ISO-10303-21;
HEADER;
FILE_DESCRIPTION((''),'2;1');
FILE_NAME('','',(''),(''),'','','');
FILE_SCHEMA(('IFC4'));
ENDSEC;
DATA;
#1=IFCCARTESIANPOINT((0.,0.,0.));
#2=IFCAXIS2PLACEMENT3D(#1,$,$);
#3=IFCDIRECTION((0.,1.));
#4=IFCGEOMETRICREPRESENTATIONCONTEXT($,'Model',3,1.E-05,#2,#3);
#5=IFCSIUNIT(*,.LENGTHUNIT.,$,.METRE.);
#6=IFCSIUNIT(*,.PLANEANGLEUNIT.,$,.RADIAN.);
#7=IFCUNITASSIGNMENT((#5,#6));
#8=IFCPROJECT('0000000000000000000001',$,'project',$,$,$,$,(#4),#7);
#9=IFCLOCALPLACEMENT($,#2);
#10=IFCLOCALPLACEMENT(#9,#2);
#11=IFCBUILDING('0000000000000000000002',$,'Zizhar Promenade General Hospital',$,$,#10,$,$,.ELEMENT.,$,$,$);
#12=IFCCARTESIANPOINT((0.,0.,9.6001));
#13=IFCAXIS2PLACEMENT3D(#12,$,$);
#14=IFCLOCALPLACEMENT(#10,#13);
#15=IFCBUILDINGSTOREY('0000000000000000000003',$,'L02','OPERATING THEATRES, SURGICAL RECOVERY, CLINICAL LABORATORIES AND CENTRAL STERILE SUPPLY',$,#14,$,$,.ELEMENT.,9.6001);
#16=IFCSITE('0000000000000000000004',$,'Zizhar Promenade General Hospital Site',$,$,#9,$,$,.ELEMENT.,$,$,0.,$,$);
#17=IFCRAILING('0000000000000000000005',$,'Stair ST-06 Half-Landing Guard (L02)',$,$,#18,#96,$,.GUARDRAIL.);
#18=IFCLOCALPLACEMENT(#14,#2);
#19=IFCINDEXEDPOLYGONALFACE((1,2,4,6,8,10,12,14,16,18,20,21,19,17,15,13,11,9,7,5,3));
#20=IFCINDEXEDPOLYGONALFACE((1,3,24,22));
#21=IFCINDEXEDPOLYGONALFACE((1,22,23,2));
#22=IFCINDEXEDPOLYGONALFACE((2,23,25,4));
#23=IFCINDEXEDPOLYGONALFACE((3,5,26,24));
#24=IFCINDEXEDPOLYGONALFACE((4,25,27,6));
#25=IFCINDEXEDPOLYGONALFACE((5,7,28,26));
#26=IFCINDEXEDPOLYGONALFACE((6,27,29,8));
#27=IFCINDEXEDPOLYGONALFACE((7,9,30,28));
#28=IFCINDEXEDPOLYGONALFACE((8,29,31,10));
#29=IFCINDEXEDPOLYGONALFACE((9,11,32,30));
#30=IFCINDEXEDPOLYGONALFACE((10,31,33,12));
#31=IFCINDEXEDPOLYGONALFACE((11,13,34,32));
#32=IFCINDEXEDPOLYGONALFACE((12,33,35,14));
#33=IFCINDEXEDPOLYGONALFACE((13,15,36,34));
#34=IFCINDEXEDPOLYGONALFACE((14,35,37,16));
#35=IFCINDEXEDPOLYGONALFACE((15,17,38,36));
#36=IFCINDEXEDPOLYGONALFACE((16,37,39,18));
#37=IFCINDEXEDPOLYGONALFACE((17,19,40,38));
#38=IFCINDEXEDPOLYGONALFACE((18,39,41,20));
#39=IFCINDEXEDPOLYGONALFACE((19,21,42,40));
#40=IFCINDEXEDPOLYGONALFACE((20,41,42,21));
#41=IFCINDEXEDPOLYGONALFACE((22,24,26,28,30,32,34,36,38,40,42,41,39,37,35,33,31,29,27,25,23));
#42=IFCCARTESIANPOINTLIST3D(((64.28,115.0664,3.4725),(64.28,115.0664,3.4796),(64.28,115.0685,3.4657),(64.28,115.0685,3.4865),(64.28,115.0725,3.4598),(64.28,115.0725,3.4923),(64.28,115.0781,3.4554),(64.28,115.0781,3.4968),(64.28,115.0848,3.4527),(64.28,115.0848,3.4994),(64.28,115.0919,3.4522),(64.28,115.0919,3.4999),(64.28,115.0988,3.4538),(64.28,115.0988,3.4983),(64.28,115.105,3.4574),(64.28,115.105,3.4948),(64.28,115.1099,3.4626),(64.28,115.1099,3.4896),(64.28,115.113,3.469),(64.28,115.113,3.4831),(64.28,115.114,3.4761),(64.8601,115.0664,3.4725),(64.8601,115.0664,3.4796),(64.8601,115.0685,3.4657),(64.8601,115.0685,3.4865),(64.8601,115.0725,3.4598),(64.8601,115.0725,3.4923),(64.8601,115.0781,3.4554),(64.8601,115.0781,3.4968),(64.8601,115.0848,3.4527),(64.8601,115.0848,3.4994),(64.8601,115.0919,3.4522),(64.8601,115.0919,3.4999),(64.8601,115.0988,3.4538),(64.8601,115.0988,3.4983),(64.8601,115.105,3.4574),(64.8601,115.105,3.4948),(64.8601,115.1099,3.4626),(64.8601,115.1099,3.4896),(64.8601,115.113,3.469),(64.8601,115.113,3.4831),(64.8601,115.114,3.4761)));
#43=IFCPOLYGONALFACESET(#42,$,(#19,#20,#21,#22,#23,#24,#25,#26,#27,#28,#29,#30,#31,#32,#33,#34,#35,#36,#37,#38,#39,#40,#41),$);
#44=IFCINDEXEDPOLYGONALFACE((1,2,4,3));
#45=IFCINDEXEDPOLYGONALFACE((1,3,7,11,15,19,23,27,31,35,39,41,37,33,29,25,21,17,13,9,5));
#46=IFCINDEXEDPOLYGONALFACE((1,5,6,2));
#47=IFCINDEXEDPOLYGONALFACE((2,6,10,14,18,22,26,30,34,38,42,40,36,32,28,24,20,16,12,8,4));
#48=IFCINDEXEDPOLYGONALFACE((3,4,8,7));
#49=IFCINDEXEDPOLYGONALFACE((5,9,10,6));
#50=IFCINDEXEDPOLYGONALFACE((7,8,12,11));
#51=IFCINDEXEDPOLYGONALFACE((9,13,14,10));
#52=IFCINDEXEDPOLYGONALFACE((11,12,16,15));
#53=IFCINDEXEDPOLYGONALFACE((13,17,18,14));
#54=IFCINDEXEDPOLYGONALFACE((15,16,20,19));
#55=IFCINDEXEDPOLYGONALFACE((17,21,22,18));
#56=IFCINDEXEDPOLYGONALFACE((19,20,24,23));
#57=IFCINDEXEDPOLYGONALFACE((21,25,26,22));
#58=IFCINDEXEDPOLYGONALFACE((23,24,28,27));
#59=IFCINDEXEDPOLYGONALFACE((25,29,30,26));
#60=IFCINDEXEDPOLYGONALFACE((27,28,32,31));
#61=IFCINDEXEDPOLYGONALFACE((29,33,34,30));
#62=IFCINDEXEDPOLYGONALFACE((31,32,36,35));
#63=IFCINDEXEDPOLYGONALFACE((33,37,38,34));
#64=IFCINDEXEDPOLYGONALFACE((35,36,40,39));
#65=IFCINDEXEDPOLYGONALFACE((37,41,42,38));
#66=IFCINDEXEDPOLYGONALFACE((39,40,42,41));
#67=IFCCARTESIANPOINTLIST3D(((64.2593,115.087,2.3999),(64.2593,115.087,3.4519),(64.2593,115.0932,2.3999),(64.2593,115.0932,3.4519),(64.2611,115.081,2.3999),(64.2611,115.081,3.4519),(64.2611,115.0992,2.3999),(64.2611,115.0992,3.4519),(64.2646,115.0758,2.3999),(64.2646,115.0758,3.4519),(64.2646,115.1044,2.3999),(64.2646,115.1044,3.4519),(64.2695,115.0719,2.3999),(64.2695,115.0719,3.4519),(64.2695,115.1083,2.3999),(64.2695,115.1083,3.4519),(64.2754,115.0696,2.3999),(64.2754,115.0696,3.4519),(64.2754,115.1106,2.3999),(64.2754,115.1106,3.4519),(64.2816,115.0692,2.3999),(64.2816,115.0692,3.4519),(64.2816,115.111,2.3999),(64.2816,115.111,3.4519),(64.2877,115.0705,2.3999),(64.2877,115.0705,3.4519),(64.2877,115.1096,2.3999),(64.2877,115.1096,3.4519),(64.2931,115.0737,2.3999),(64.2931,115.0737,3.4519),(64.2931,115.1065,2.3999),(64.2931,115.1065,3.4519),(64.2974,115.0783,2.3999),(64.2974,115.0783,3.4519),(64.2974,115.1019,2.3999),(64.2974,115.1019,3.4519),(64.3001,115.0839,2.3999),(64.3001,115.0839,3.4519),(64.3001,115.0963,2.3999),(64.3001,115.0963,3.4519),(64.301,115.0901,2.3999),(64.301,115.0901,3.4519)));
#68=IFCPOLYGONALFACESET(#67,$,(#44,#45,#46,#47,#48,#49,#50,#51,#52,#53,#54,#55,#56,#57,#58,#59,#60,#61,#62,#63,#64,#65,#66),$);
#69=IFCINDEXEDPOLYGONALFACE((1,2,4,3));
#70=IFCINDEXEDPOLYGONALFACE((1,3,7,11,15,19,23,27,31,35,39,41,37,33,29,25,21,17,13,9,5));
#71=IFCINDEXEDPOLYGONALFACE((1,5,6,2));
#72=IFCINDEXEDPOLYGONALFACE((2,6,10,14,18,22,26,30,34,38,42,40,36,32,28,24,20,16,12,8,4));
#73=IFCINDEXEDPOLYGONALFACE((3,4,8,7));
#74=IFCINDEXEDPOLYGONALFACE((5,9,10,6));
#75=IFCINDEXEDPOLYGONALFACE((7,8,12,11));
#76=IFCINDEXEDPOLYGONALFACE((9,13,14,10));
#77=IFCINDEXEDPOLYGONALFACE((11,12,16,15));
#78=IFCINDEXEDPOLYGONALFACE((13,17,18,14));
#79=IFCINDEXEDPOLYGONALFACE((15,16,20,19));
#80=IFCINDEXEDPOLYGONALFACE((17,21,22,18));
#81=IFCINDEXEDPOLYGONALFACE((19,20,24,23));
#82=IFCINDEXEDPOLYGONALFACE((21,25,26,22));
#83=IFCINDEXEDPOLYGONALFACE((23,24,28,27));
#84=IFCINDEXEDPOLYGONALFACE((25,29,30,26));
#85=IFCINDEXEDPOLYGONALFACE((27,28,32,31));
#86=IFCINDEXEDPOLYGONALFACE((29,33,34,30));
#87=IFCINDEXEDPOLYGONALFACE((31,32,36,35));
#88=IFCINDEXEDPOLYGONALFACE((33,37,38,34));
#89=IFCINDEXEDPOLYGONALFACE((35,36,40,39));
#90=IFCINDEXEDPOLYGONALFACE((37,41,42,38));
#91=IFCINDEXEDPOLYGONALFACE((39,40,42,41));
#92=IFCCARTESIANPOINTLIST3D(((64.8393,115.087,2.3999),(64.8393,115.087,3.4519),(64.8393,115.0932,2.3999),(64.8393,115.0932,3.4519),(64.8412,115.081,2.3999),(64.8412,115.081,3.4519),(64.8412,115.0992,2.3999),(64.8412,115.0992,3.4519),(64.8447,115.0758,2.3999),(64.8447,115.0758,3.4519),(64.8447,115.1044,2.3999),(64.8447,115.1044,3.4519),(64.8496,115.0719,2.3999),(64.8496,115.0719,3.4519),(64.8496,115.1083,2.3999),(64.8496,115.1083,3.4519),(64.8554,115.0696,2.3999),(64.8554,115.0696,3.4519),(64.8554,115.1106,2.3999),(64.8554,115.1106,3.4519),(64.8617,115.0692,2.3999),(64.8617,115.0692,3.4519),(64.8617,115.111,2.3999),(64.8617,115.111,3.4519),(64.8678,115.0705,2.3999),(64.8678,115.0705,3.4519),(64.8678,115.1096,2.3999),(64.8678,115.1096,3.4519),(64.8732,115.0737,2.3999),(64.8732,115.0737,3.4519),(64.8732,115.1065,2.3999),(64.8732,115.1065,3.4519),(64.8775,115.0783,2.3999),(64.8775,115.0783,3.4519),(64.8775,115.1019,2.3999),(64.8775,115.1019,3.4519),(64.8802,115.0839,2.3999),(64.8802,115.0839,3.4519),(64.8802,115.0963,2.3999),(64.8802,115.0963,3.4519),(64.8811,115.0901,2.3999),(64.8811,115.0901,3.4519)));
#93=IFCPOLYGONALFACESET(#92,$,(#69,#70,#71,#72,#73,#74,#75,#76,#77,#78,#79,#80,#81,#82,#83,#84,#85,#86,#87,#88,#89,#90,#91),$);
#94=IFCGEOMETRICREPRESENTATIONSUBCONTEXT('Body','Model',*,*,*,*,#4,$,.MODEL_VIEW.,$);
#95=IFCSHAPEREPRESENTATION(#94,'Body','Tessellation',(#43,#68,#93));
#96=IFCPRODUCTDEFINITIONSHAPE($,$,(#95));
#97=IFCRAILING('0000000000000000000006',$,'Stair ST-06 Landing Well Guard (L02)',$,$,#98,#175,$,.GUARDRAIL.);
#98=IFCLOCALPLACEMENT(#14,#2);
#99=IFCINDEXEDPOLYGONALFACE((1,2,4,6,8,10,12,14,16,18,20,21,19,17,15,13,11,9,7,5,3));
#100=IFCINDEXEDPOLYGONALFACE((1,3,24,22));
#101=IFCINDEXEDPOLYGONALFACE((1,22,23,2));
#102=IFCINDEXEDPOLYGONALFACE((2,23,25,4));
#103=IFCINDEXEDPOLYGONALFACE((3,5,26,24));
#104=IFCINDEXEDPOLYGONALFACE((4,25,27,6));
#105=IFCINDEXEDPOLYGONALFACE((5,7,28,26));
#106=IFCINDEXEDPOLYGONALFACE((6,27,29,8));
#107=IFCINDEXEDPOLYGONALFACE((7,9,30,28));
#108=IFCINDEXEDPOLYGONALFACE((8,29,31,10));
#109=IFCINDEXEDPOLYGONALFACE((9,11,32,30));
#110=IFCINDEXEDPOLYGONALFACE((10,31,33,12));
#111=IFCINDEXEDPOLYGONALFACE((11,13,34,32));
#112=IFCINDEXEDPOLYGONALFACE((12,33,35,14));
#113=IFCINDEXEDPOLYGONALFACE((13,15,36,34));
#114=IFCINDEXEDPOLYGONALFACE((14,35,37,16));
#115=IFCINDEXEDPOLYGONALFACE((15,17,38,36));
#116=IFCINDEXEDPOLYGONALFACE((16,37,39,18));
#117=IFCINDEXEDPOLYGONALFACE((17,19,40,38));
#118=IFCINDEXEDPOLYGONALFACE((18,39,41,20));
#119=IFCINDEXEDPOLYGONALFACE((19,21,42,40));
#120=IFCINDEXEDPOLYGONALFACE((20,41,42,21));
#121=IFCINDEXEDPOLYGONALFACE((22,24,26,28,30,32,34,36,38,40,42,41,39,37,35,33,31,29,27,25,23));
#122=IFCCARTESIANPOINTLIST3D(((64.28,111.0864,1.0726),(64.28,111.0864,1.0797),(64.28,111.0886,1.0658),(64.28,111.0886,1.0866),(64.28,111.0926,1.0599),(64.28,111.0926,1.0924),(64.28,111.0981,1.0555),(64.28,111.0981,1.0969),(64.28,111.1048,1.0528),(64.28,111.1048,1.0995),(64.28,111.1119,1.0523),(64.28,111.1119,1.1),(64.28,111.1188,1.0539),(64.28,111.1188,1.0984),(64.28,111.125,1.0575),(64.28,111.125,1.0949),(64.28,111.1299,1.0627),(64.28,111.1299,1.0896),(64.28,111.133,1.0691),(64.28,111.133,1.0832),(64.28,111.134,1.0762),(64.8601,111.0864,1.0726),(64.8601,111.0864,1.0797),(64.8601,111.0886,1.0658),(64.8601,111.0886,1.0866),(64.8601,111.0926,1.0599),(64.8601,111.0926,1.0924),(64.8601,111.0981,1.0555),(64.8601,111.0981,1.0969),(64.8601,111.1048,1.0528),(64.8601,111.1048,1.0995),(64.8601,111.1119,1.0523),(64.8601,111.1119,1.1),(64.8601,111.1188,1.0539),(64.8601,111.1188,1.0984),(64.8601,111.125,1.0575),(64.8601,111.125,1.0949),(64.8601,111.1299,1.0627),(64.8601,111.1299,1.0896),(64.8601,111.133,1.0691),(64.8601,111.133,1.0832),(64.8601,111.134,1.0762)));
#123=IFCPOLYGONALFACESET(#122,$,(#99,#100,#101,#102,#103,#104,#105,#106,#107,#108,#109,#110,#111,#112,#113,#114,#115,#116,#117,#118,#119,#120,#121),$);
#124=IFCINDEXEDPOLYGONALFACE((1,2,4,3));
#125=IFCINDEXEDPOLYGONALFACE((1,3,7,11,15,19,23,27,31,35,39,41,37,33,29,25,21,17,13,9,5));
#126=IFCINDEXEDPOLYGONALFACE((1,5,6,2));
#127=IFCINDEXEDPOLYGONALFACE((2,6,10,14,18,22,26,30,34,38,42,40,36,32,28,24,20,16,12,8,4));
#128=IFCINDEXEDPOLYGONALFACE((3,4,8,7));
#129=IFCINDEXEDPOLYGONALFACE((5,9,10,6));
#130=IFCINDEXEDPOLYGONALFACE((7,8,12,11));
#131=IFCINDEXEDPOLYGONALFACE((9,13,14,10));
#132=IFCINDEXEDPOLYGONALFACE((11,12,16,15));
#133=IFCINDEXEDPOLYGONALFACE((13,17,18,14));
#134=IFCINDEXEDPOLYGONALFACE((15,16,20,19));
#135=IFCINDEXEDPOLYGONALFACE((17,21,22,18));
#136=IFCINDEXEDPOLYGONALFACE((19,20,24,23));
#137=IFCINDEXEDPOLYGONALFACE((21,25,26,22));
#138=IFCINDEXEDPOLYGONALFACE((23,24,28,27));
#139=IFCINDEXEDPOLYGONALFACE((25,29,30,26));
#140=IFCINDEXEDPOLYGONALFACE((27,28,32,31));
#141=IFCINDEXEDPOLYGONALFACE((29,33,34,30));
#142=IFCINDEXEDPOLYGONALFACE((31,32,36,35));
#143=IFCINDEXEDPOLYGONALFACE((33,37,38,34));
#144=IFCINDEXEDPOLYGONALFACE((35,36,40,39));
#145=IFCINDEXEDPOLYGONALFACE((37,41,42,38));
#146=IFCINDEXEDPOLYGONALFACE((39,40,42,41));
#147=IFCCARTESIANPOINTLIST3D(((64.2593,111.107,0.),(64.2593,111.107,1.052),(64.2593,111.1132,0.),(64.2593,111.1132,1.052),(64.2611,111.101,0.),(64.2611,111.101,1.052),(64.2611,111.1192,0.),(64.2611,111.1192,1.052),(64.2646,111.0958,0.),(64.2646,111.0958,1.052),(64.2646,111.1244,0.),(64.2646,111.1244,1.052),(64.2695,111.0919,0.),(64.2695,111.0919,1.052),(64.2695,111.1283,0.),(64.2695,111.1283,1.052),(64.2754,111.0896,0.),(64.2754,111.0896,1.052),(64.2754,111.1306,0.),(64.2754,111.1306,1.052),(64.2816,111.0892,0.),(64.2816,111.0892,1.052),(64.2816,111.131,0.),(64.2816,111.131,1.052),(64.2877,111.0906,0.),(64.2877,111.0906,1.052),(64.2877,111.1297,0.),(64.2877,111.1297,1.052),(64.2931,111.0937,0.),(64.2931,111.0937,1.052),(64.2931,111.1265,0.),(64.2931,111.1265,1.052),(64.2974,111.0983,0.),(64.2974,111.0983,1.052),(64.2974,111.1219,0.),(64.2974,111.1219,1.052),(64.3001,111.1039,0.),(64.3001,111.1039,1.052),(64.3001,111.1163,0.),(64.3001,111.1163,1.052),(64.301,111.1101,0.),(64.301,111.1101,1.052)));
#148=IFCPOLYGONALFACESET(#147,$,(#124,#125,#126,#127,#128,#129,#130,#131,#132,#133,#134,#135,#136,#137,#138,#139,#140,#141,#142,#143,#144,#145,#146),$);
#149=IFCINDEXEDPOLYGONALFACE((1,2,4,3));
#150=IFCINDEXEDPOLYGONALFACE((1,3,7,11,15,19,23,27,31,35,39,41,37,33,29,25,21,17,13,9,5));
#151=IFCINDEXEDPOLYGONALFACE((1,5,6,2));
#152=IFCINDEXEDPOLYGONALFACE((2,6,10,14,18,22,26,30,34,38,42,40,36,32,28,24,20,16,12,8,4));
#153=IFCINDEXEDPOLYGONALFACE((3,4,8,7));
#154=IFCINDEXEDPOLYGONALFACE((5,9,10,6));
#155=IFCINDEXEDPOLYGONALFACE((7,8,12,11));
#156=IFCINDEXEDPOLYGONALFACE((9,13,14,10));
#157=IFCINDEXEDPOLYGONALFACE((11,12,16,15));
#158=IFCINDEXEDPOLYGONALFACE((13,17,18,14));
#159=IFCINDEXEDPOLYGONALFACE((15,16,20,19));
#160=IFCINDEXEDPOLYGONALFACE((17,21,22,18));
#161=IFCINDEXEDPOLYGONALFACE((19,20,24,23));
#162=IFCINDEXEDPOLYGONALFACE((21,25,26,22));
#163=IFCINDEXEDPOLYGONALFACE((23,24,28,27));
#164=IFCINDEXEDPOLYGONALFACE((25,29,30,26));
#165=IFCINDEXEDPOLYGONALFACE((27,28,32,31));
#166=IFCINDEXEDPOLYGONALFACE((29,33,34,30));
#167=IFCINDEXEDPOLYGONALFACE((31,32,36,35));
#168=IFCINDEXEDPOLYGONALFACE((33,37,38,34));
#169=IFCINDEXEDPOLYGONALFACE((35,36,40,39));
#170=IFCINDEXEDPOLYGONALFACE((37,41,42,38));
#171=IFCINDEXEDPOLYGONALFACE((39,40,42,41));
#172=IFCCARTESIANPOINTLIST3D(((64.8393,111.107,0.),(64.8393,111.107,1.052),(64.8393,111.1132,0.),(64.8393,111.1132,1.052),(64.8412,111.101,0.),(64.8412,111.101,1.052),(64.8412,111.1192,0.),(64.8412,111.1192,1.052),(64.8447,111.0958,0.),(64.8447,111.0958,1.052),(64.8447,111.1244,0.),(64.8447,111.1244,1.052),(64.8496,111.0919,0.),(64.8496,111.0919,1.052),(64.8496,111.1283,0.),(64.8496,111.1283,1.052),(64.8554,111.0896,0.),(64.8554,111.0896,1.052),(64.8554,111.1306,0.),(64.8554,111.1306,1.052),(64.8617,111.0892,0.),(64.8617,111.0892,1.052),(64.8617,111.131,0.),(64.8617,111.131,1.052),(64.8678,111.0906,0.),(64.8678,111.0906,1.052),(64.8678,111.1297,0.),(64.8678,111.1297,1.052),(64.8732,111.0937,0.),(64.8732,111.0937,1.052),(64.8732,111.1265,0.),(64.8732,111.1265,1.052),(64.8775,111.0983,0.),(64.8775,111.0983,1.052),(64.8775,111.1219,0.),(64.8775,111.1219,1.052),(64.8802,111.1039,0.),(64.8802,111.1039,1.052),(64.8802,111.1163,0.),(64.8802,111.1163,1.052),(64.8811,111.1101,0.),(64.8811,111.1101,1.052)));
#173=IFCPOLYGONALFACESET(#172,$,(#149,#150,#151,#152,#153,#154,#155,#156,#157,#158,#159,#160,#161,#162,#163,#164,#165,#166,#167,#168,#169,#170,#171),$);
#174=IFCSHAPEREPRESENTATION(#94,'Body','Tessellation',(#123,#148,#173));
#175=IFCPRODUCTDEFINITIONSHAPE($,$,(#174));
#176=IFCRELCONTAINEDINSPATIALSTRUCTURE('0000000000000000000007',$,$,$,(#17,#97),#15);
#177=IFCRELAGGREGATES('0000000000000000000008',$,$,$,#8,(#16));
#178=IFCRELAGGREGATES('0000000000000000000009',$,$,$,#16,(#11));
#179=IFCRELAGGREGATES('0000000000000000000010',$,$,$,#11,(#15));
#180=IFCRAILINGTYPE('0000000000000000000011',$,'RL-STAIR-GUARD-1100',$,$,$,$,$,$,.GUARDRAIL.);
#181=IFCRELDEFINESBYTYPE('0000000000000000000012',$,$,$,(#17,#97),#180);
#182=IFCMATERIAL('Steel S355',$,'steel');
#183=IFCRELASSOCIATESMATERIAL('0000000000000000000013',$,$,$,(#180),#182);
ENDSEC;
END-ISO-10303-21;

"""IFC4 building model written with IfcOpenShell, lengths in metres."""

from ifc_helpers import new_model, si_unit, direction, frame, origin, origin_2d, place, context, subcontext, project, spatial, circle, hollow_circle, extrude, material, material_profile, profile_set, type_object, element, save


model = new_model("IFC4")

# Units and contexts
model_context = context("Model", 3, precision=1e-05, world=origin(), true_north=direction((0.0, 1.0)))
body_context = subcontext(model_context, "Body", "Model", "MODEL_VIEW")
ifc_project = project(units=[si_unit("LENGTHUNIT", "METRE"), si_unit("PLANEANGLEUNIT", "RADIAN")], contexts=[model_context])

# Site, building, storey
site_placement = place(None, origin())
site = spatial("IfcSite", under=ifc_project, at=site_placement, Name="Zizhar Promenade General Hospital Site", CompositionType="ELEMENT", RefElevation=0.0)
building_placement = place(site_placement, origin())
building = spatial("IfcBuilding", under=site, at=building_placement, Name="Zizhar Promenade General Hospital", CompositionType="ELEMENT")
storey_placement = place(building_placement, frame((0.0, 0.0, 9.6001)))
storey = spatial("IfcBuildingStorey", under=building, at=storey_placement, Name="L02", Description="OPERATING THEATRES, SURGICAL RECOVERY, CLINICAL LABORATORIES AND CENTRAL STERILE SUPPLY", CompositionType="ELEMENT", Elevation=9.6001)

# Railings
ifc_material_1 = material(Name="Steel S355", Category="steel")
ifc_material_profile_1 = material_profile(ifc_material_1, hollow_circle(Radius=0.0698, WallThickness=0.0063, at=origin_2d()))
ifc_profile_set_1 = profile_set([ifc_material_profile_1], Name="Steel S355")
railing_type_1 = type_object("IfcRailingType", Name="RL-STAIR-GUARD-1100", PredefinedType="GUARDRAIL", material=ifc_profile_set_1)
for number, where, name in (
    (1, (64.28, 115.0901, 2.3999), "Stair ST-06 Half-Landing Guard (L02)"),
    (2, (64.28, 111.1101, 0.0), "Stair ST-06 Landing Well Guard (L02)"),
):
    element("IfcRailing", number, at=place(storey_placement, frame(where)), inside=storey, type_object=railing_type_1, Name=name, PredefinedType="GUARDRAIL", context=body_context, shape_type="SweptSolid", body=[
        extrude(circle(Radius=0.0239, at=origin_2d()), frame((0.0, 0.0, 1.0762), z_axis=(1.0, 0.0, 0.0), x_axis=(0.0, 1.0, 0.0)), (0.0, 0.0, 1.0), 0.5801),
        extrude(circle(Radius=0.021, at=origin_2d()), origin(), (0.0, 0.0, 1.0), 1.052),
        extrude(circle(Radius=0.021, at=origin_2d()), frame((0.5801, 0.0, 0.0)), (0.0, 0.0, 1.0), 1.052),
    ])

save(model, "model.ifc")
